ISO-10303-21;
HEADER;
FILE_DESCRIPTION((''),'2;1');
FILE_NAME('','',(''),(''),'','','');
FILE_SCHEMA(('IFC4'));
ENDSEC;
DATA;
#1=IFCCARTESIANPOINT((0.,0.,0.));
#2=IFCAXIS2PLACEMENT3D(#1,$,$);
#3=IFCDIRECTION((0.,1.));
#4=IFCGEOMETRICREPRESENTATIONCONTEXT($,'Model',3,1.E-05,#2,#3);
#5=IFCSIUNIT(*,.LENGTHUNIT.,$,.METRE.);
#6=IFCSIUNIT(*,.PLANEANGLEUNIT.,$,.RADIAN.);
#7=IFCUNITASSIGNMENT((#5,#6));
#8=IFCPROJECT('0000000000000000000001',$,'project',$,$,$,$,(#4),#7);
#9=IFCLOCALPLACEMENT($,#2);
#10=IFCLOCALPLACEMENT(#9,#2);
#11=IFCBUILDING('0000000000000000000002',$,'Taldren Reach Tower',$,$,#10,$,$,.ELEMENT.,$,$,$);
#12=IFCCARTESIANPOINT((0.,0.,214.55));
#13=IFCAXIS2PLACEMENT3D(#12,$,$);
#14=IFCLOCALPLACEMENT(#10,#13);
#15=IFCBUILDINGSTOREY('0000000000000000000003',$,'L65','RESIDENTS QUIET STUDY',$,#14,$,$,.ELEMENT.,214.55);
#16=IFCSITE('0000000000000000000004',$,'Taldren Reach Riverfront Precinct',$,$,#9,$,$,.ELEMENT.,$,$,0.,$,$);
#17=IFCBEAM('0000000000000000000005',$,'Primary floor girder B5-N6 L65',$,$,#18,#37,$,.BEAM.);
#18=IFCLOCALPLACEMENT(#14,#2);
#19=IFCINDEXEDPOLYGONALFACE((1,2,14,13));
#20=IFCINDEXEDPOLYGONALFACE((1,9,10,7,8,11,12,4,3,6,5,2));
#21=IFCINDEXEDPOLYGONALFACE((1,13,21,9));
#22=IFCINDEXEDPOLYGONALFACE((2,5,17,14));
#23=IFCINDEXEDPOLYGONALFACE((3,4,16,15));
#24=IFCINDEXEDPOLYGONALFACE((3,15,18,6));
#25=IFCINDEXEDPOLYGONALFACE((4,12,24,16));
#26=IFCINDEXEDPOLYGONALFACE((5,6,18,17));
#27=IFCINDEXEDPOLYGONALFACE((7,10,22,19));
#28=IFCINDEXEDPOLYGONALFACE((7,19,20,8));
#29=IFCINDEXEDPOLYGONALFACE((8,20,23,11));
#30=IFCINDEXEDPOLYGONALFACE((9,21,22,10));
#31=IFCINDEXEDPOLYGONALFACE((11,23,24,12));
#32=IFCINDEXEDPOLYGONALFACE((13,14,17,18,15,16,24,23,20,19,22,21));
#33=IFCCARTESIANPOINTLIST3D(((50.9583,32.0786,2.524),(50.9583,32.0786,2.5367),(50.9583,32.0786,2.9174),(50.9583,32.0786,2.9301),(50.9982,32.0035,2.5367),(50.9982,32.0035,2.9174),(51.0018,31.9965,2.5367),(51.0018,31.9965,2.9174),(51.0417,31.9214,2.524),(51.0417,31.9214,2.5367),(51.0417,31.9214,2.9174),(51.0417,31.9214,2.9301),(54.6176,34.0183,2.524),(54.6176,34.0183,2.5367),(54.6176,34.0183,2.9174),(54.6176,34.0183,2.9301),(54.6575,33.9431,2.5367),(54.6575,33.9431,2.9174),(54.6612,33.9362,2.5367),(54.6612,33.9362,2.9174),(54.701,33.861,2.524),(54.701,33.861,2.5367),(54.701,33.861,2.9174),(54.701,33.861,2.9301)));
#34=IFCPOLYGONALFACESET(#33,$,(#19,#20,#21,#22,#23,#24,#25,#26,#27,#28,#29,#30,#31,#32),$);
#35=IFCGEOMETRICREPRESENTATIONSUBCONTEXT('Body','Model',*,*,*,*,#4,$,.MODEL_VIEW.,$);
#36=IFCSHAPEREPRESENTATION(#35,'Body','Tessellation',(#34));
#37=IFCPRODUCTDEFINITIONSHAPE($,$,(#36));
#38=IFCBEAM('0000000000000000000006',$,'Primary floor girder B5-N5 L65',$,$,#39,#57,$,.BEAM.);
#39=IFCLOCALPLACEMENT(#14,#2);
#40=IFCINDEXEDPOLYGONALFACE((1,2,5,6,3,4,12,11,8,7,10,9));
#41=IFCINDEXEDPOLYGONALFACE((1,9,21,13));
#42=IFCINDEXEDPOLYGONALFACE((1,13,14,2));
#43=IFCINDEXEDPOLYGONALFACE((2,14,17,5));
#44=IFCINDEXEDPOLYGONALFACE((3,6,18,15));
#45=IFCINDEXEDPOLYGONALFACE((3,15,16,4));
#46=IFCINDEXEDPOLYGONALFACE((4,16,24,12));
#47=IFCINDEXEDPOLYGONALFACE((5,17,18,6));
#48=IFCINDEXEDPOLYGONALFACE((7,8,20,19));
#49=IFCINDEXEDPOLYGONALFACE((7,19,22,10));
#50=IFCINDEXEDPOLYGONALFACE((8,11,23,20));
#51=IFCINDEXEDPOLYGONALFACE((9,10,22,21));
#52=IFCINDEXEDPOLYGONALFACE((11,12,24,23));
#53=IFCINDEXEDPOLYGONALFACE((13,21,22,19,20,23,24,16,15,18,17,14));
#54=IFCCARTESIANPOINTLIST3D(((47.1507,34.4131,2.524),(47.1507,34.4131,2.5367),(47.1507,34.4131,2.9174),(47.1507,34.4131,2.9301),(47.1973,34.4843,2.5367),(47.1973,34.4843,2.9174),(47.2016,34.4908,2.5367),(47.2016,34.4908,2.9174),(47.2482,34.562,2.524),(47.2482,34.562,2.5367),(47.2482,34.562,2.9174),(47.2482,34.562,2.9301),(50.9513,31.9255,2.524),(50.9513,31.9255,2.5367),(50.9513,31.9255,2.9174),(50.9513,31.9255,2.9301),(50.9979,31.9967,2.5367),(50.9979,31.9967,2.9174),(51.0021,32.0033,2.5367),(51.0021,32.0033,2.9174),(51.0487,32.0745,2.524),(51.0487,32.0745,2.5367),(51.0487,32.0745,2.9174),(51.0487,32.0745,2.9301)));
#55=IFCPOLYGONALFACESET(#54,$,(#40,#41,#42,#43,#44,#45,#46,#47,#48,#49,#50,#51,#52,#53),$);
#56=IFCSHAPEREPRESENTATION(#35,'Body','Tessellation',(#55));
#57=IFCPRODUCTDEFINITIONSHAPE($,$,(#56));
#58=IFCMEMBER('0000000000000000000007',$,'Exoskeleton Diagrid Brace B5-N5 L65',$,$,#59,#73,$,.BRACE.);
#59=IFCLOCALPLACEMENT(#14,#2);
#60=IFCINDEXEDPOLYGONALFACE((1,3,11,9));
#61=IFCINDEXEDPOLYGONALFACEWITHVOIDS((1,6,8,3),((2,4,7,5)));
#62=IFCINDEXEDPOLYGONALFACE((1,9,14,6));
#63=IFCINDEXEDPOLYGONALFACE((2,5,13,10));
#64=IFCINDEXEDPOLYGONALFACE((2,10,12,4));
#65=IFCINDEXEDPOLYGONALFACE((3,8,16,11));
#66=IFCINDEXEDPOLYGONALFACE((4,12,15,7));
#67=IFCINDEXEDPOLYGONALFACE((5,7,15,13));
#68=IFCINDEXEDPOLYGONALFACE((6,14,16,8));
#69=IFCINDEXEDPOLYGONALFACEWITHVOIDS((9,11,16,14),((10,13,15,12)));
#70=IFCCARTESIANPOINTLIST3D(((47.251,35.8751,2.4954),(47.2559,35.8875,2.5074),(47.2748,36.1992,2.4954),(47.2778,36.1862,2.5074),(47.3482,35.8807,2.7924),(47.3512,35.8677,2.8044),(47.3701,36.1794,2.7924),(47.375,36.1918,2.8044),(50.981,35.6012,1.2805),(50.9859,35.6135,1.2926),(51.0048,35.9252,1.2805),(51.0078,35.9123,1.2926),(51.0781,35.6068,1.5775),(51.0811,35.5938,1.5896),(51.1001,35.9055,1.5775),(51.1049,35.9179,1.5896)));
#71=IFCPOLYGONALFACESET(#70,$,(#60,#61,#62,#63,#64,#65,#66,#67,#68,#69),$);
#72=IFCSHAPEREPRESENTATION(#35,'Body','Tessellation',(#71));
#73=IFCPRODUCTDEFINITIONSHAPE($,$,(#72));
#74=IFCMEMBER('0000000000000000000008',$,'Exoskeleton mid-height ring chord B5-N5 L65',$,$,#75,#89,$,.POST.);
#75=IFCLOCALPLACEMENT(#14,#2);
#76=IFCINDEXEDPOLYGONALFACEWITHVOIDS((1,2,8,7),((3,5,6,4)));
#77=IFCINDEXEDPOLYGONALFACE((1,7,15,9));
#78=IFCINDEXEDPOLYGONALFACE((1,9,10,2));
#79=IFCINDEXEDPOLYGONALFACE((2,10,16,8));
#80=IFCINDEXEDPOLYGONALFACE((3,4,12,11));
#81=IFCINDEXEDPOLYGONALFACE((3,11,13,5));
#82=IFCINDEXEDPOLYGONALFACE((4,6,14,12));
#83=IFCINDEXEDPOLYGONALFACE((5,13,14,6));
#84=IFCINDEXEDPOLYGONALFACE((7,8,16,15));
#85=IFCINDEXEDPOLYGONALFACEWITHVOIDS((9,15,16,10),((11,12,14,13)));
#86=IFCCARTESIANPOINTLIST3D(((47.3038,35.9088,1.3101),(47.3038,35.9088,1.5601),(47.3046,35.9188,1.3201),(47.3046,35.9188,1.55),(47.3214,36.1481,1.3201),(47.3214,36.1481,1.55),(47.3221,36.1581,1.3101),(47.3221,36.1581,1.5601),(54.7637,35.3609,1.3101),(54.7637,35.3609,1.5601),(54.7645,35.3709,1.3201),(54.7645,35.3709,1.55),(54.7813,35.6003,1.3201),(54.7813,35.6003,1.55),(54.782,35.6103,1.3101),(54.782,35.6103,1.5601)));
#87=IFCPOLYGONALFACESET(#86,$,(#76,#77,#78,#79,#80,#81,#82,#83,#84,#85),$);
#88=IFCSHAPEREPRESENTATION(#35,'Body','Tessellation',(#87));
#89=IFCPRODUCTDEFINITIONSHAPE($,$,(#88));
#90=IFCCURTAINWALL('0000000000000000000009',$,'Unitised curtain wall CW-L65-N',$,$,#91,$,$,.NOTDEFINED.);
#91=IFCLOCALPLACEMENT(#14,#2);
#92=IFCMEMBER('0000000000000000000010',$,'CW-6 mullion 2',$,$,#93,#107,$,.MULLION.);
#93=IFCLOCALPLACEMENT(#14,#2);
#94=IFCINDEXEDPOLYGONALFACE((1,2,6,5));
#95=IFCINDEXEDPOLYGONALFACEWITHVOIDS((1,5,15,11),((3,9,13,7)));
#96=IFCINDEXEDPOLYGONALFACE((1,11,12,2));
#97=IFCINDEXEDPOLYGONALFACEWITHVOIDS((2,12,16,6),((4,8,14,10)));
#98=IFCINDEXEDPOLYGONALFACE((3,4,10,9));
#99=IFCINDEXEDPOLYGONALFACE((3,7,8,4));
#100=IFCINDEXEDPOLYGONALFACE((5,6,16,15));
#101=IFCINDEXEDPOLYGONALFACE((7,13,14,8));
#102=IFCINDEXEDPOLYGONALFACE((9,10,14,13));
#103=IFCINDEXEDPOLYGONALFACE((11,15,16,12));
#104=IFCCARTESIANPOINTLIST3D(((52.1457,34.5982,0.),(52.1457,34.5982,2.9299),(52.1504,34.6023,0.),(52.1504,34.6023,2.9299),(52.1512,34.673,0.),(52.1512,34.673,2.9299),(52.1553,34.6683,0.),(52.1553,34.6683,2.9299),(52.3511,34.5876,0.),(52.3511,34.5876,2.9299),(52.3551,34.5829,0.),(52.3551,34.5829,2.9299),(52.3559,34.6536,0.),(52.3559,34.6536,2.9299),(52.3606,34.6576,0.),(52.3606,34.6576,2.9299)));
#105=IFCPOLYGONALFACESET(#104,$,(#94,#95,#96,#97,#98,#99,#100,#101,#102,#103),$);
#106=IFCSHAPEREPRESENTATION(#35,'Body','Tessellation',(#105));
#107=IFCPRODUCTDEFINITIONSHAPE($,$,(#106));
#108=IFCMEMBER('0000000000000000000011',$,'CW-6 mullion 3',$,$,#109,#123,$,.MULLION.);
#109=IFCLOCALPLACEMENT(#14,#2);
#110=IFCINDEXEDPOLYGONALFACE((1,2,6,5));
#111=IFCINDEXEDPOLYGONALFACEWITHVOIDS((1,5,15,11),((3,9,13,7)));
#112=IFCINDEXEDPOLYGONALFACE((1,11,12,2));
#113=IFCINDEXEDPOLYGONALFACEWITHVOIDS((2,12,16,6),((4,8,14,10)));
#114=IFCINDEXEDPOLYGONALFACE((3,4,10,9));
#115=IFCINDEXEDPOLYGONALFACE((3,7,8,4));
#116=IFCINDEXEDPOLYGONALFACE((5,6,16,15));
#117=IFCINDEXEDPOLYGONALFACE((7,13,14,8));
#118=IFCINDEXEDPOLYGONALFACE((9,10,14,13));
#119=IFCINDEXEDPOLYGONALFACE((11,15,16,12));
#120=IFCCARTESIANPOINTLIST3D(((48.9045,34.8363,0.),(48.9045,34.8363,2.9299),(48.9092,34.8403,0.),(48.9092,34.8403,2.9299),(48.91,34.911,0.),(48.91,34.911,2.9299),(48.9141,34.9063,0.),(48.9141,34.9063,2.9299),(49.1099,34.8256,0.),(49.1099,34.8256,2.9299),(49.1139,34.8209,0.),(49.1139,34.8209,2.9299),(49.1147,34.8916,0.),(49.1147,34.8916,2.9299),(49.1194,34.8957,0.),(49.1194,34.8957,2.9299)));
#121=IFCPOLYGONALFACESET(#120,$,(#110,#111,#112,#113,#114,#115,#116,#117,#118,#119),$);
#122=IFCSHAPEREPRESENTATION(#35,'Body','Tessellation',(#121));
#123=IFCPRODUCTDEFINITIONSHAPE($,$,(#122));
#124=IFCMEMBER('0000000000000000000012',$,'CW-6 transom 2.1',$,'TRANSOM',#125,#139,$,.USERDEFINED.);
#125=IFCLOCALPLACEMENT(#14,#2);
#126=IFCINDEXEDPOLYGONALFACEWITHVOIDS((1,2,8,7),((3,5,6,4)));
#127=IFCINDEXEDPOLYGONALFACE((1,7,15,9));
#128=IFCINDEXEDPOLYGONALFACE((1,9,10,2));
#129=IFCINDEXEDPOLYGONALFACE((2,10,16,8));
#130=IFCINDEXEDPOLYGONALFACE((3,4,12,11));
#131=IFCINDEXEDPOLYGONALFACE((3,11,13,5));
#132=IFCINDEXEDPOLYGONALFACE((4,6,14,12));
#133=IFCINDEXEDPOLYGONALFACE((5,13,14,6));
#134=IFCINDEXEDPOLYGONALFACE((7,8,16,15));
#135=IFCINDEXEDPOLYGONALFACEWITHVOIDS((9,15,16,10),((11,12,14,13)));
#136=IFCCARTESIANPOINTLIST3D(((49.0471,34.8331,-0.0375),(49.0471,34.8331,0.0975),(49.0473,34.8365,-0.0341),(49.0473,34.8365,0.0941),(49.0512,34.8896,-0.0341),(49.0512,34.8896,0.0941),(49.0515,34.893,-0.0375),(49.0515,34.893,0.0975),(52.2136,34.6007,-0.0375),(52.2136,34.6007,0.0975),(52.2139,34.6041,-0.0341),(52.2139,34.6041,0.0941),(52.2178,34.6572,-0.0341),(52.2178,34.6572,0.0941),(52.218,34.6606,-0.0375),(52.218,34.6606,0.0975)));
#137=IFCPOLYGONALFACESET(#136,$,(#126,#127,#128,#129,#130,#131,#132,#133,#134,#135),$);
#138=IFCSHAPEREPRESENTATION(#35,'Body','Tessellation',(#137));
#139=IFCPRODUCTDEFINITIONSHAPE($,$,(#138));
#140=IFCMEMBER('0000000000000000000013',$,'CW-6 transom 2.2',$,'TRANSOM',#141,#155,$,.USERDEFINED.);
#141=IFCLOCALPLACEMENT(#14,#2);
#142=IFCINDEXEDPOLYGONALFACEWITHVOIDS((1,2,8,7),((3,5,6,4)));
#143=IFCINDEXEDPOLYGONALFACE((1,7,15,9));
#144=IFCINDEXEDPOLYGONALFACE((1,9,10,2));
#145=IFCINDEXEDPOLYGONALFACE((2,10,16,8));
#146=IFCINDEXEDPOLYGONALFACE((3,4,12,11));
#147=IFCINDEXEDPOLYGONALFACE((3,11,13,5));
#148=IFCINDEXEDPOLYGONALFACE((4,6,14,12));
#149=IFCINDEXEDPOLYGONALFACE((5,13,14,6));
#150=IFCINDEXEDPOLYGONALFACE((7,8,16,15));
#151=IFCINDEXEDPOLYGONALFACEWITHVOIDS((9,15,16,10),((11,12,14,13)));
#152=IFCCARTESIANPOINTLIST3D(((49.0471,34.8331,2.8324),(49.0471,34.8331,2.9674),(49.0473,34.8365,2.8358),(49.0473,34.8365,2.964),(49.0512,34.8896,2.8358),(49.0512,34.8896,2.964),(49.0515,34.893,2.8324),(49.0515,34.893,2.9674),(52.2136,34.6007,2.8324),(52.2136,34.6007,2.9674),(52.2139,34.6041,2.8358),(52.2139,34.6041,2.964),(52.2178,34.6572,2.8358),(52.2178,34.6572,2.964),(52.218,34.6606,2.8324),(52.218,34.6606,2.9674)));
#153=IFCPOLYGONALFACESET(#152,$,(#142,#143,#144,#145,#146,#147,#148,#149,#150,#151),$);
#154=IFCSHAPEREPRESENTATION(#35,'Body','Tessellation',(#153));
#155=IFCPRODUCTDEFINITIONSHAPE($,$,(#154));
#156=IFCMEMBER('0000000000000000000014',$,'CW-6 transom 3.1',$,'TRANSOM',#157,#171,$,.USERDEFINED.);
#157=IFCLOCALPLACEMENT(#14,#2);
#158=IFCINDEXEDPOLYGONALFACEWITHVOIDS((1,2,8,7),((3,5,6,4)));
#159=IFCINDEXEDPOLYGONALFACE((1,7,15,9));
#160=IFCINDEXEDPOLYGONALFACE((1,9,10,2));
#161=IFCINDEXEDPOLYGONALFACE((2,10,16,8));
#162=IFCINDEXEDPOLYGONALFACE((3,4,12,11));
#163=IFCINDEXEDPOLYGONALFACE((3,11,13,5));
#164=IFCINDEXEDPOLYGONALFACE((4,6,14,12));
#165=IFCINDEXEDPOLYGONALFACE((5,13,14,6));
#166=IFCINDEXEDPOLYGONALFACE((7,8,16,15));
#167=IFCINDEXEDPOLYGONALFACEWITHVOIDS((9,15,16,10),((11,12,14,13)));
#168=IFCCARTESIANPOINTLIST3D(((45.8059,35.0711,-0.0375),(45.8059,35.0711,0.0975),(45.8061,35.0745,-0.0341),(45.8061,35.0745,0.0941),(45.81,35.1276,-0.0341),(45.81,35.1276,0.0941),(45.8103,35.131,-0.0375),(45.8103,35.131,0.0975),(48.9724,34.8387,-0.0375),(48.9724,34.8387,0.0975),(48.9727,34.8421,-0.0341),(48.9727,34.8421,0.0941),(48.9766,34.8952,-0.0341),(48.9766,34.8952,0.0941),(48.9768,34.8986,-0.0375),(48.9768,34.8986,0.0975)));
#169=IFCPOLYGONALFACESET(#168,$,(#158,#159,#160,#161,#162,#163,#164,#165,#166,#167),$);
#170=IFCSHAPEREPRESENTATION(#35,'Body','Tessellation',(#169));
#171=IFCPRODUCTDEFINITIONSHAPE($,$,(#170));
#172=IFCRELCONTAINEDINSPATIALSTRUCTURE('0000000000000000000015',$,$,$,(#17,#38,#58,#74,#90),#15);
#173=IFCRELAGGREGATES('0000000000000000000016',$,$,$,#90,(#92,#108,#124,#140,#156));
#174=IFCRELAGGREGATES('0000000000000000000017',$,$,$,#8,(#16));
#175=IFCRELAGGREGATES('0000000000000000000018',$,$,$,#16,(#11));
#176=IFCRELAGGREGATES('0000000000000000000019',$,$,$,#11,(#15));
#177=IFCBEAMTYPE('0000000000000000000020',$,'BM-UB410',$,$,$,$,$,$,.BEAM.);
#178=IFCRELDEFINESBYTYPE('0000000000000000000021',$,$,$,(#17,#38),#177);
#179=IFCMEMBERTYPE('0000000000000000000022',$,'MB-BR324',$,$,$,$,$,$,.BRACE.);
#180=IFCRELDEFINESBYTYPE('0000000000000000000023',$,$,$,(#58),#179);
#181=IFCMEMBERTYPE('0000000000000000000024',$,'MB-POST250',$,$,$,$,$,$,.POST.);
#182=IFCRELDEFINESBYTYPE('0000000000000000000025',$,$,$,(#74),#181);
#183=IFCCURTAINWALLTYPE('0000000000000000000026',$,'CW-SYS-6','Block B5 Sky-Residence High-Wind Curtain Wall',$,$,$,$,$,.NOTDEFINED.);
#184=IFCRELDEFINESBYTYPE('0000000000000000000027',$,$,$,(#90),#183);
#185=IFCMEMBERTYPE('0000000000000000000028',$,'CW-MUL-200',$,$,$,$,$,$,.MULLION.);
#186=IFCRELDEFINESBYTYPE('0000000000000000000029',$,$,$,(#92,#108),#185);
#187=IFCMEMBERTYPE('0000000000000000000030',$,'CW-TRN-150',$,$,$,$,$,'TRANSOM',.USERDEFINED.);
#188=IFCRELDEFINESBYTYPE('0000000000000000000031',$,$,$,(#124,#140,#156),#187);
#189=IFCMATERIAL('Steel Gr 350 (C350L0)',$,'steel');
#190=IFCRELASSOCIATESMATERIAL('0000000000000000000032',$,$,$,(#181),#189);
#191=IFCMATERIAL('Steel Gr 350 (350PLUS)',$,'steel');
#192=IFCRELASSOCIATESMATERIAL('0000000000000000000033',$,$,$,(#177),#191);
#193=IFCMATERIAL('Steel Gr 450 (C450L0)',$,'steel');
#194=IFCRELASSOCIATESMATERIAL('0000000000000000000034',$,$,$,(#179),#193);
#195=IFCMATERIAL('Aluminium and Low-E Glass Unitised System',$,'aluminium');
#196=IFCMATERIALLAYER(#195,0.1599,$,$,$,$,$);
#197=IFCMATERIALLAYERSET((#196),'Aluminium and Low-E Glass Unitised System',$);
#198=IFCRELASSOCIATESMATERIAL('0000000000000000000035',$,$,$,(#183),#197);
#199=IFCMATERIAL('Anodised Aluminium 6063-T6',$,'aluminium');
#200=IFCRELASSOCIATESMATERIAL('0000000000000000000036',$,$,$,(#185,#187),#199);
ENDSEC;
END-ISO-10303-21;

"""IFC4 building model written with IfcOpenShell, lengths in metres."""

from ifc_helpers import new_model, si_unit, direction, frame, origin, origin_2d, place, context, subcontext, project, spatial, hollow_rectangle, i_section, extrude, source, transform, mapped, material, layer, layer_set, material_profile, profile_set, type_object, element, aggregate, save


model = new_model("IFC4")

# Units and contexts
model_context = context("Model", 3, precision=1e-05, world=origin(), true_north=direction((0.0, 1.0)))
body_context = subcontext(model_context, "Body", "Model", "MODEL_VIEW")
ifc_project = project(units=[si_unit("LENGTHUNIT", "METRE"), si_unit("PLANEANGLEUNIT", "RADIAN")], contexts=[model_context])

# Site, building, storey
site_placement = place(None, origin())
site = spatial("IfcSite", under=ifc_project, at=site_placement, Name="Taldren Reach Riverfront Precinct", CompositionType="ELEMENT", RefElevation=0.0)
building_placement = place(site_placement, origin())
building = spatial("IfcBuilding", under=site, at=building_placement, Name="Taldren Reach Tower", CompositionType="ELEMENT")
storey_placement = place(building_placement, frame((0.0, 0.0, 214.55)))
storey = spatial("IfcBuildingStorey", under=building, at=storey_placement, Name="L65", Description="RESIDENTS QUIET STUDY", CompositionType="ELEMENT", Elevation=214.55)

# Shared definitions
ifc_material_1 = material(Name="Steel Gr 450 (C450L0)", Category="steel")
ifc_material_2 = material(Name="Steel Gr 350 (350PLUS)", Category="steel")

# Shared definitions
ifc_material_3 = material(Name="Steel Gr 350 (C350L0)", Category="steel")
ifc_material_profile_1 = material_profile(ifc_material_3, hollow_rectangle(XDim=0.25, YDim=0.25, WallThickness=0.01, at=origin_2d()), Name="250x250x10.0SHS")
ifc_profile_set_1 = profile_set([ifc_material_profile_1], Name="Steel Gr 350 (C350L0)")
member_type_1 = type_object("IfcMemberType", Name="MB-POST250", PredefinedType="POST", material=ifc_profile_set_1)

# Beams
ifc_material_profile_2 = material_profile(ifc_material_2, i_section(OverallWidth=0.178, OverallDepth=0.406, WebThickness=0.0078, FlangeThickness=0.0127, at=origin_2d()), Name="410UB59.7")
ifc_profile_set_2 = profile_set([ifc_material_profile_2], Name="Steel Gr 350 (350PLUS)")
beam_type_1 = type_object("IfcBeamType", Name="BM-UB410", PredefinedType="BEAM", material=ifc_profile_set_2)
shared_shape_1 = source(origin(), body_context, "Body", "SweptSolid", [
    extrude(i_section(OverallWidth=0.178, OverallDepth=0.406, WebThickness=0.0078, FlangeThickness=0.0127, at=origin_2d()), origin(), (0.0, 0.0, 1.0), 4.1416),
])
beam_1_placement = place(storey_placement, frame((51.0, 32.0, 2.7271), z_axis=(0.883553, 0.468332, 0.0), x_axis=(-0.468332, 0.883553, 0.0)))
element("IfcBeam", 1, at=beam_1_placement, inside=storey, type_object=beam_type_1, Name="Primary floor girder B5-N6 L65", PredefinedType="BEAM", context=body_context, shape_type="MappedRepresentation", body=[
    mapped(shared_shape_1, transform((0.0, 0.0, 0.0), scale=1.0)),
])
shared_shape_2 = source(origin(), body_context, "Body", "SweptSolid", [
    extrude(i_section(OverallWidth=0.178, OverallDepth=0.406, WebThickness=0.0078, FlangeThickness=0.0127, at=origin_2d()), origin(), (0.0, 0.0, 1.0), 4.5422),
])
beam_2_placement = place(storey_placement, frame((51.0, 32.0, 2.7271), z_axis=(-0.836709, 0.547648, 0.0), x_axis=(-0.547648, -0.836709, 0.0)))
element("IfcBeam", 2, at=beam_2_placement, inside=storey, type_object=beam_type_1, Name="Primary floor girder B5-N5 L65", PredefinedType="BEAM", context=body_context, shape_type="MappedRepresentation", body=[
    mapped(shared_shape_2, transform((0.0, 0.0, 0.0), scale=1.0)),
])

# Members
ifc_material_profile_3 = material_profile(ifc_material_1, hollow_rectangle(XDim=0.325, YDim=0.325, WallThickness=0.0127, at=origin_2d()), Name="325x325x12.7SHS")
ifc_profile_set_3 = profile_set([ifc_material_profile_3], Name="Steel Gr 450 (C450L0)")
member_type_2 = type_object("IfcMemberType", Name="MB-BR324", PredefinedType="BRACE", material=ifc_profile_set_3)
shared_shape_3 = source(origin(), body_context, "Body", "SweptSolid", [
    extrude(hollow_rectangle(XDim=0.325, YDim=0.325, WallThickness=0.0127, at=origin_2d()), origin(), (0.0, 0.0, 1.0), 3.9324),
])
member_1_placement = place(storey_placement, frame((51.043, 35.7595, 1.4351), z_axis=(-0.948529, 0.069659, 0.308933), x_axis=(-0.073242, -0.997314, 0.0)))
element("IfcMember", 3, at=member_1_placement, inside=storey, type_object=member_type_2, Name="Exoskeleton Diagrid Brace B5-N5 L65", PredefinedType="BRACE", context=body_context, shape_type="MappedRepresentation", body=[
    mapped(shared_shape_3, transform((0.0, 0.0, 0.0), scale=1.0)),
])
shared_shape_4 = source(origin(), body_context, "Body", "SweptSolid", [
    extrude(hollow_rectangle(XDim=0.25, YDim=0.25, WallThickness=0.01, at=origin_2d()), origin(), (0.0, 0.0, 1.0), 7.48),
])
member_2_placement = place(storey_placement, frame((47.313, 36.0334, 1.4351), z_axis=(0.997314, -0.073242, 0.0), x_axis=(0.073242, 0.997314, 0.0)))
element("IfcMember", 4, at=member_2_placement, inside=storey, type_object=member_type_1, Name="Exoskeleton mid-height ring chord B5-N5 L65", PredefinedType="POST", context=body_context, shape_type="MappedRepresentation", body=[
    mapped(shared_shape_4, transform((0.0, 0.0, 0.0), scale=1.0)),
])

# Curtain wall, members
ifc_material_4 = material(Name="Aluminium and Low-E Glass Unitised System", Category="aluminium")
ifc_layer_1 = layer(ifc_material_4, 0.1599)
ifc_layer_set_1 = layer_set([ifc_layer_1], Name="Aluminium and Low-E Glass Unitised System")
curtain_wall_type = type_object("IfcCurtainWallType", Name="CW-SYS-6", Description="Block B5 Sky-Residence High-Wind Curtain Wall", PredefinedType="NOTDEFINED", material=ifc_layer_set_1)
curtain_wall_placement = place(storey_placement, origin())
curtain_wall = element("IfcCurtainWall", 5, at=curtain_wall_placement, inside=storey, type_object=curtain_wall_type, Name="Unitised curtain wall CW-L65-N", PredefinedType="NOTDEFINED")
ifc_material_5 = material(Name="Anodised Aluminium 6063-T6", Category="aluminium")
ifc_material_profile_4 = material_profile(ifc_material_5, hollow_rectangle(XDim=0.075, YDim=0.21, WallThickness=0.0044, at=origin_2d()), Name="ALU-210x75x4.5RHS")
ifc_profile_set_4 = profile_set([ifc_material_profile_4], Name="Anodised Aluminium 6063-T6")
member_type_3 = type_object("IfcMemberType", Name="CW-MUL-200", PredefinedType="MULLION", material=ifc_profile_set_4)
shared_shape_5 = source(origin(), body_context, "Body", "SweptSolid", [
    extrude(hollow_rectangle(XDim=0.075, YDim=0.21, WallThickness=0.0044, at=origin_2d()), origin(), (0.0, 0.0, 1.0), 2.9299),
])
member_3_placement = place(storey_placement, frame((52.2532, 34.6279, 0.0), z_axis=(0.0, 0.0, 1.0), x_axis=(-0.073238, -0.997314, 0.0)))
member_3 = element("IfcMember", 6, at=member_3_placement, type_object=member_type_3, Name="CW-6 mullion 2", PredefinedType="MULLION", context=body_context, shape_type="MappedRepresentation", body=[
    mapped(shared_shape_5, transform((0.0, 0.0, 0.0), scale=1.0)),
])
member_4_placement = place(storey_placement, frame((49.012, 34.866, 0.0), z_axis=(0.0, 0.0, 1.0), x_axis=(-0.073238, -0.997314, 0.0)))
member_4 = element("IfcMember", 7, at=member_4_placement, type_object=member_type_3, Name="CW-6 mullion 3", PredefinedType="MULLION", context=body_context, shape_type="MappedRepresentation", body=[
    mapped(shared_shape_5, transform((0.0, 0.0, 0.0), scale=1.0)),
])
ifc_material_profile_5 = material_profile(ifc_material_5, hollow_rectangle(XDim=0.0601, YDim=0.135, WallThickness=0.0034, at=origin_2d()), Name="ALU-135x60x3.5RHS")
ifc_profile_set_5 = profile_set([ifc_material_profile_5], Name="Anodised Aluminium 6063-T6")
member_type_4 = type_object("IfcMemberType", Name="CW-TRN-150", ElementType="TRANSOM", PredefinedType="USERDEFINED", material=ifc_profile_set_5)
shared_shape_6 = source(origin(), body_context, "Body", "SweptSolid", [
    extrude(hollow_rectangle(XDim=0.0601, YDim=0.135, WallThickness=0.0034, at=origin_2d()), origin(), (0.0, 0.0, 1.0), 3.175),
])
member_5_placement = place(storey_placement, frame((52.2158, 34.6306, 0.03), z_axis=(-0.997317, 0.073203, 0.0), x_axis=(-0.073203, -0.997317, 0.0)))
member_5 = element("IfcMember", 8, at=member_5_placement, type_object=member_type_4, Name="CW-6 transom 2.1", ObjectType="TRANSOM", PredefinedType="USERDEFINED", context=body_context, shape_type="MappedRepresentation", body=[
    mapped(shared_shape_6, transform((0.0, 0.0, 0.0), scale=1.0)),
])
member_6_placement = place(storey_placement, frame((52.2158, 34.6306, 2.8999), z_axis=(-0.997317, 0.073203, 0.0), x_axis=(-0.073203, -0.997317, 0.0)))
member_6 = element("IfcMember", 9, at=member_6_placement, type_object=member_type_4, Name="CW-6 transom 2.2", ObjectType="TRANSOM", PredefinedType="USERDEFINED", context=body_context, shape_type="MappedRepresentation", body=[
    mapped(shared_shape_6, transform((0.0, 0.0, 0.0), scale=1.0)),
])
member_7_placement = place(storey_placement, frame((48.9746, 34.8687, 0.03), z_axis=(-0.997317, 0.073203, 0.0), x_axis=(-0.073203, -0.997317, 0.0)))
member_7 = element("IfcMember", 10, at=member_7_placement, type_object=member_type_4, Name="CW-6 transom 3.1", ObjectType="TRANSOM", PredefinedType="USERDEFINED", context=body_context, shape_type="MappedRepresentation", body=[
    mapped(shared_shape_6, transform((0.0, 0.0, 0.0), scale=1.0)),
])

aggregate(curtain_wall, [member_3, member_4, member_5, member_6, member_7])

save(model, "model.ifc")
